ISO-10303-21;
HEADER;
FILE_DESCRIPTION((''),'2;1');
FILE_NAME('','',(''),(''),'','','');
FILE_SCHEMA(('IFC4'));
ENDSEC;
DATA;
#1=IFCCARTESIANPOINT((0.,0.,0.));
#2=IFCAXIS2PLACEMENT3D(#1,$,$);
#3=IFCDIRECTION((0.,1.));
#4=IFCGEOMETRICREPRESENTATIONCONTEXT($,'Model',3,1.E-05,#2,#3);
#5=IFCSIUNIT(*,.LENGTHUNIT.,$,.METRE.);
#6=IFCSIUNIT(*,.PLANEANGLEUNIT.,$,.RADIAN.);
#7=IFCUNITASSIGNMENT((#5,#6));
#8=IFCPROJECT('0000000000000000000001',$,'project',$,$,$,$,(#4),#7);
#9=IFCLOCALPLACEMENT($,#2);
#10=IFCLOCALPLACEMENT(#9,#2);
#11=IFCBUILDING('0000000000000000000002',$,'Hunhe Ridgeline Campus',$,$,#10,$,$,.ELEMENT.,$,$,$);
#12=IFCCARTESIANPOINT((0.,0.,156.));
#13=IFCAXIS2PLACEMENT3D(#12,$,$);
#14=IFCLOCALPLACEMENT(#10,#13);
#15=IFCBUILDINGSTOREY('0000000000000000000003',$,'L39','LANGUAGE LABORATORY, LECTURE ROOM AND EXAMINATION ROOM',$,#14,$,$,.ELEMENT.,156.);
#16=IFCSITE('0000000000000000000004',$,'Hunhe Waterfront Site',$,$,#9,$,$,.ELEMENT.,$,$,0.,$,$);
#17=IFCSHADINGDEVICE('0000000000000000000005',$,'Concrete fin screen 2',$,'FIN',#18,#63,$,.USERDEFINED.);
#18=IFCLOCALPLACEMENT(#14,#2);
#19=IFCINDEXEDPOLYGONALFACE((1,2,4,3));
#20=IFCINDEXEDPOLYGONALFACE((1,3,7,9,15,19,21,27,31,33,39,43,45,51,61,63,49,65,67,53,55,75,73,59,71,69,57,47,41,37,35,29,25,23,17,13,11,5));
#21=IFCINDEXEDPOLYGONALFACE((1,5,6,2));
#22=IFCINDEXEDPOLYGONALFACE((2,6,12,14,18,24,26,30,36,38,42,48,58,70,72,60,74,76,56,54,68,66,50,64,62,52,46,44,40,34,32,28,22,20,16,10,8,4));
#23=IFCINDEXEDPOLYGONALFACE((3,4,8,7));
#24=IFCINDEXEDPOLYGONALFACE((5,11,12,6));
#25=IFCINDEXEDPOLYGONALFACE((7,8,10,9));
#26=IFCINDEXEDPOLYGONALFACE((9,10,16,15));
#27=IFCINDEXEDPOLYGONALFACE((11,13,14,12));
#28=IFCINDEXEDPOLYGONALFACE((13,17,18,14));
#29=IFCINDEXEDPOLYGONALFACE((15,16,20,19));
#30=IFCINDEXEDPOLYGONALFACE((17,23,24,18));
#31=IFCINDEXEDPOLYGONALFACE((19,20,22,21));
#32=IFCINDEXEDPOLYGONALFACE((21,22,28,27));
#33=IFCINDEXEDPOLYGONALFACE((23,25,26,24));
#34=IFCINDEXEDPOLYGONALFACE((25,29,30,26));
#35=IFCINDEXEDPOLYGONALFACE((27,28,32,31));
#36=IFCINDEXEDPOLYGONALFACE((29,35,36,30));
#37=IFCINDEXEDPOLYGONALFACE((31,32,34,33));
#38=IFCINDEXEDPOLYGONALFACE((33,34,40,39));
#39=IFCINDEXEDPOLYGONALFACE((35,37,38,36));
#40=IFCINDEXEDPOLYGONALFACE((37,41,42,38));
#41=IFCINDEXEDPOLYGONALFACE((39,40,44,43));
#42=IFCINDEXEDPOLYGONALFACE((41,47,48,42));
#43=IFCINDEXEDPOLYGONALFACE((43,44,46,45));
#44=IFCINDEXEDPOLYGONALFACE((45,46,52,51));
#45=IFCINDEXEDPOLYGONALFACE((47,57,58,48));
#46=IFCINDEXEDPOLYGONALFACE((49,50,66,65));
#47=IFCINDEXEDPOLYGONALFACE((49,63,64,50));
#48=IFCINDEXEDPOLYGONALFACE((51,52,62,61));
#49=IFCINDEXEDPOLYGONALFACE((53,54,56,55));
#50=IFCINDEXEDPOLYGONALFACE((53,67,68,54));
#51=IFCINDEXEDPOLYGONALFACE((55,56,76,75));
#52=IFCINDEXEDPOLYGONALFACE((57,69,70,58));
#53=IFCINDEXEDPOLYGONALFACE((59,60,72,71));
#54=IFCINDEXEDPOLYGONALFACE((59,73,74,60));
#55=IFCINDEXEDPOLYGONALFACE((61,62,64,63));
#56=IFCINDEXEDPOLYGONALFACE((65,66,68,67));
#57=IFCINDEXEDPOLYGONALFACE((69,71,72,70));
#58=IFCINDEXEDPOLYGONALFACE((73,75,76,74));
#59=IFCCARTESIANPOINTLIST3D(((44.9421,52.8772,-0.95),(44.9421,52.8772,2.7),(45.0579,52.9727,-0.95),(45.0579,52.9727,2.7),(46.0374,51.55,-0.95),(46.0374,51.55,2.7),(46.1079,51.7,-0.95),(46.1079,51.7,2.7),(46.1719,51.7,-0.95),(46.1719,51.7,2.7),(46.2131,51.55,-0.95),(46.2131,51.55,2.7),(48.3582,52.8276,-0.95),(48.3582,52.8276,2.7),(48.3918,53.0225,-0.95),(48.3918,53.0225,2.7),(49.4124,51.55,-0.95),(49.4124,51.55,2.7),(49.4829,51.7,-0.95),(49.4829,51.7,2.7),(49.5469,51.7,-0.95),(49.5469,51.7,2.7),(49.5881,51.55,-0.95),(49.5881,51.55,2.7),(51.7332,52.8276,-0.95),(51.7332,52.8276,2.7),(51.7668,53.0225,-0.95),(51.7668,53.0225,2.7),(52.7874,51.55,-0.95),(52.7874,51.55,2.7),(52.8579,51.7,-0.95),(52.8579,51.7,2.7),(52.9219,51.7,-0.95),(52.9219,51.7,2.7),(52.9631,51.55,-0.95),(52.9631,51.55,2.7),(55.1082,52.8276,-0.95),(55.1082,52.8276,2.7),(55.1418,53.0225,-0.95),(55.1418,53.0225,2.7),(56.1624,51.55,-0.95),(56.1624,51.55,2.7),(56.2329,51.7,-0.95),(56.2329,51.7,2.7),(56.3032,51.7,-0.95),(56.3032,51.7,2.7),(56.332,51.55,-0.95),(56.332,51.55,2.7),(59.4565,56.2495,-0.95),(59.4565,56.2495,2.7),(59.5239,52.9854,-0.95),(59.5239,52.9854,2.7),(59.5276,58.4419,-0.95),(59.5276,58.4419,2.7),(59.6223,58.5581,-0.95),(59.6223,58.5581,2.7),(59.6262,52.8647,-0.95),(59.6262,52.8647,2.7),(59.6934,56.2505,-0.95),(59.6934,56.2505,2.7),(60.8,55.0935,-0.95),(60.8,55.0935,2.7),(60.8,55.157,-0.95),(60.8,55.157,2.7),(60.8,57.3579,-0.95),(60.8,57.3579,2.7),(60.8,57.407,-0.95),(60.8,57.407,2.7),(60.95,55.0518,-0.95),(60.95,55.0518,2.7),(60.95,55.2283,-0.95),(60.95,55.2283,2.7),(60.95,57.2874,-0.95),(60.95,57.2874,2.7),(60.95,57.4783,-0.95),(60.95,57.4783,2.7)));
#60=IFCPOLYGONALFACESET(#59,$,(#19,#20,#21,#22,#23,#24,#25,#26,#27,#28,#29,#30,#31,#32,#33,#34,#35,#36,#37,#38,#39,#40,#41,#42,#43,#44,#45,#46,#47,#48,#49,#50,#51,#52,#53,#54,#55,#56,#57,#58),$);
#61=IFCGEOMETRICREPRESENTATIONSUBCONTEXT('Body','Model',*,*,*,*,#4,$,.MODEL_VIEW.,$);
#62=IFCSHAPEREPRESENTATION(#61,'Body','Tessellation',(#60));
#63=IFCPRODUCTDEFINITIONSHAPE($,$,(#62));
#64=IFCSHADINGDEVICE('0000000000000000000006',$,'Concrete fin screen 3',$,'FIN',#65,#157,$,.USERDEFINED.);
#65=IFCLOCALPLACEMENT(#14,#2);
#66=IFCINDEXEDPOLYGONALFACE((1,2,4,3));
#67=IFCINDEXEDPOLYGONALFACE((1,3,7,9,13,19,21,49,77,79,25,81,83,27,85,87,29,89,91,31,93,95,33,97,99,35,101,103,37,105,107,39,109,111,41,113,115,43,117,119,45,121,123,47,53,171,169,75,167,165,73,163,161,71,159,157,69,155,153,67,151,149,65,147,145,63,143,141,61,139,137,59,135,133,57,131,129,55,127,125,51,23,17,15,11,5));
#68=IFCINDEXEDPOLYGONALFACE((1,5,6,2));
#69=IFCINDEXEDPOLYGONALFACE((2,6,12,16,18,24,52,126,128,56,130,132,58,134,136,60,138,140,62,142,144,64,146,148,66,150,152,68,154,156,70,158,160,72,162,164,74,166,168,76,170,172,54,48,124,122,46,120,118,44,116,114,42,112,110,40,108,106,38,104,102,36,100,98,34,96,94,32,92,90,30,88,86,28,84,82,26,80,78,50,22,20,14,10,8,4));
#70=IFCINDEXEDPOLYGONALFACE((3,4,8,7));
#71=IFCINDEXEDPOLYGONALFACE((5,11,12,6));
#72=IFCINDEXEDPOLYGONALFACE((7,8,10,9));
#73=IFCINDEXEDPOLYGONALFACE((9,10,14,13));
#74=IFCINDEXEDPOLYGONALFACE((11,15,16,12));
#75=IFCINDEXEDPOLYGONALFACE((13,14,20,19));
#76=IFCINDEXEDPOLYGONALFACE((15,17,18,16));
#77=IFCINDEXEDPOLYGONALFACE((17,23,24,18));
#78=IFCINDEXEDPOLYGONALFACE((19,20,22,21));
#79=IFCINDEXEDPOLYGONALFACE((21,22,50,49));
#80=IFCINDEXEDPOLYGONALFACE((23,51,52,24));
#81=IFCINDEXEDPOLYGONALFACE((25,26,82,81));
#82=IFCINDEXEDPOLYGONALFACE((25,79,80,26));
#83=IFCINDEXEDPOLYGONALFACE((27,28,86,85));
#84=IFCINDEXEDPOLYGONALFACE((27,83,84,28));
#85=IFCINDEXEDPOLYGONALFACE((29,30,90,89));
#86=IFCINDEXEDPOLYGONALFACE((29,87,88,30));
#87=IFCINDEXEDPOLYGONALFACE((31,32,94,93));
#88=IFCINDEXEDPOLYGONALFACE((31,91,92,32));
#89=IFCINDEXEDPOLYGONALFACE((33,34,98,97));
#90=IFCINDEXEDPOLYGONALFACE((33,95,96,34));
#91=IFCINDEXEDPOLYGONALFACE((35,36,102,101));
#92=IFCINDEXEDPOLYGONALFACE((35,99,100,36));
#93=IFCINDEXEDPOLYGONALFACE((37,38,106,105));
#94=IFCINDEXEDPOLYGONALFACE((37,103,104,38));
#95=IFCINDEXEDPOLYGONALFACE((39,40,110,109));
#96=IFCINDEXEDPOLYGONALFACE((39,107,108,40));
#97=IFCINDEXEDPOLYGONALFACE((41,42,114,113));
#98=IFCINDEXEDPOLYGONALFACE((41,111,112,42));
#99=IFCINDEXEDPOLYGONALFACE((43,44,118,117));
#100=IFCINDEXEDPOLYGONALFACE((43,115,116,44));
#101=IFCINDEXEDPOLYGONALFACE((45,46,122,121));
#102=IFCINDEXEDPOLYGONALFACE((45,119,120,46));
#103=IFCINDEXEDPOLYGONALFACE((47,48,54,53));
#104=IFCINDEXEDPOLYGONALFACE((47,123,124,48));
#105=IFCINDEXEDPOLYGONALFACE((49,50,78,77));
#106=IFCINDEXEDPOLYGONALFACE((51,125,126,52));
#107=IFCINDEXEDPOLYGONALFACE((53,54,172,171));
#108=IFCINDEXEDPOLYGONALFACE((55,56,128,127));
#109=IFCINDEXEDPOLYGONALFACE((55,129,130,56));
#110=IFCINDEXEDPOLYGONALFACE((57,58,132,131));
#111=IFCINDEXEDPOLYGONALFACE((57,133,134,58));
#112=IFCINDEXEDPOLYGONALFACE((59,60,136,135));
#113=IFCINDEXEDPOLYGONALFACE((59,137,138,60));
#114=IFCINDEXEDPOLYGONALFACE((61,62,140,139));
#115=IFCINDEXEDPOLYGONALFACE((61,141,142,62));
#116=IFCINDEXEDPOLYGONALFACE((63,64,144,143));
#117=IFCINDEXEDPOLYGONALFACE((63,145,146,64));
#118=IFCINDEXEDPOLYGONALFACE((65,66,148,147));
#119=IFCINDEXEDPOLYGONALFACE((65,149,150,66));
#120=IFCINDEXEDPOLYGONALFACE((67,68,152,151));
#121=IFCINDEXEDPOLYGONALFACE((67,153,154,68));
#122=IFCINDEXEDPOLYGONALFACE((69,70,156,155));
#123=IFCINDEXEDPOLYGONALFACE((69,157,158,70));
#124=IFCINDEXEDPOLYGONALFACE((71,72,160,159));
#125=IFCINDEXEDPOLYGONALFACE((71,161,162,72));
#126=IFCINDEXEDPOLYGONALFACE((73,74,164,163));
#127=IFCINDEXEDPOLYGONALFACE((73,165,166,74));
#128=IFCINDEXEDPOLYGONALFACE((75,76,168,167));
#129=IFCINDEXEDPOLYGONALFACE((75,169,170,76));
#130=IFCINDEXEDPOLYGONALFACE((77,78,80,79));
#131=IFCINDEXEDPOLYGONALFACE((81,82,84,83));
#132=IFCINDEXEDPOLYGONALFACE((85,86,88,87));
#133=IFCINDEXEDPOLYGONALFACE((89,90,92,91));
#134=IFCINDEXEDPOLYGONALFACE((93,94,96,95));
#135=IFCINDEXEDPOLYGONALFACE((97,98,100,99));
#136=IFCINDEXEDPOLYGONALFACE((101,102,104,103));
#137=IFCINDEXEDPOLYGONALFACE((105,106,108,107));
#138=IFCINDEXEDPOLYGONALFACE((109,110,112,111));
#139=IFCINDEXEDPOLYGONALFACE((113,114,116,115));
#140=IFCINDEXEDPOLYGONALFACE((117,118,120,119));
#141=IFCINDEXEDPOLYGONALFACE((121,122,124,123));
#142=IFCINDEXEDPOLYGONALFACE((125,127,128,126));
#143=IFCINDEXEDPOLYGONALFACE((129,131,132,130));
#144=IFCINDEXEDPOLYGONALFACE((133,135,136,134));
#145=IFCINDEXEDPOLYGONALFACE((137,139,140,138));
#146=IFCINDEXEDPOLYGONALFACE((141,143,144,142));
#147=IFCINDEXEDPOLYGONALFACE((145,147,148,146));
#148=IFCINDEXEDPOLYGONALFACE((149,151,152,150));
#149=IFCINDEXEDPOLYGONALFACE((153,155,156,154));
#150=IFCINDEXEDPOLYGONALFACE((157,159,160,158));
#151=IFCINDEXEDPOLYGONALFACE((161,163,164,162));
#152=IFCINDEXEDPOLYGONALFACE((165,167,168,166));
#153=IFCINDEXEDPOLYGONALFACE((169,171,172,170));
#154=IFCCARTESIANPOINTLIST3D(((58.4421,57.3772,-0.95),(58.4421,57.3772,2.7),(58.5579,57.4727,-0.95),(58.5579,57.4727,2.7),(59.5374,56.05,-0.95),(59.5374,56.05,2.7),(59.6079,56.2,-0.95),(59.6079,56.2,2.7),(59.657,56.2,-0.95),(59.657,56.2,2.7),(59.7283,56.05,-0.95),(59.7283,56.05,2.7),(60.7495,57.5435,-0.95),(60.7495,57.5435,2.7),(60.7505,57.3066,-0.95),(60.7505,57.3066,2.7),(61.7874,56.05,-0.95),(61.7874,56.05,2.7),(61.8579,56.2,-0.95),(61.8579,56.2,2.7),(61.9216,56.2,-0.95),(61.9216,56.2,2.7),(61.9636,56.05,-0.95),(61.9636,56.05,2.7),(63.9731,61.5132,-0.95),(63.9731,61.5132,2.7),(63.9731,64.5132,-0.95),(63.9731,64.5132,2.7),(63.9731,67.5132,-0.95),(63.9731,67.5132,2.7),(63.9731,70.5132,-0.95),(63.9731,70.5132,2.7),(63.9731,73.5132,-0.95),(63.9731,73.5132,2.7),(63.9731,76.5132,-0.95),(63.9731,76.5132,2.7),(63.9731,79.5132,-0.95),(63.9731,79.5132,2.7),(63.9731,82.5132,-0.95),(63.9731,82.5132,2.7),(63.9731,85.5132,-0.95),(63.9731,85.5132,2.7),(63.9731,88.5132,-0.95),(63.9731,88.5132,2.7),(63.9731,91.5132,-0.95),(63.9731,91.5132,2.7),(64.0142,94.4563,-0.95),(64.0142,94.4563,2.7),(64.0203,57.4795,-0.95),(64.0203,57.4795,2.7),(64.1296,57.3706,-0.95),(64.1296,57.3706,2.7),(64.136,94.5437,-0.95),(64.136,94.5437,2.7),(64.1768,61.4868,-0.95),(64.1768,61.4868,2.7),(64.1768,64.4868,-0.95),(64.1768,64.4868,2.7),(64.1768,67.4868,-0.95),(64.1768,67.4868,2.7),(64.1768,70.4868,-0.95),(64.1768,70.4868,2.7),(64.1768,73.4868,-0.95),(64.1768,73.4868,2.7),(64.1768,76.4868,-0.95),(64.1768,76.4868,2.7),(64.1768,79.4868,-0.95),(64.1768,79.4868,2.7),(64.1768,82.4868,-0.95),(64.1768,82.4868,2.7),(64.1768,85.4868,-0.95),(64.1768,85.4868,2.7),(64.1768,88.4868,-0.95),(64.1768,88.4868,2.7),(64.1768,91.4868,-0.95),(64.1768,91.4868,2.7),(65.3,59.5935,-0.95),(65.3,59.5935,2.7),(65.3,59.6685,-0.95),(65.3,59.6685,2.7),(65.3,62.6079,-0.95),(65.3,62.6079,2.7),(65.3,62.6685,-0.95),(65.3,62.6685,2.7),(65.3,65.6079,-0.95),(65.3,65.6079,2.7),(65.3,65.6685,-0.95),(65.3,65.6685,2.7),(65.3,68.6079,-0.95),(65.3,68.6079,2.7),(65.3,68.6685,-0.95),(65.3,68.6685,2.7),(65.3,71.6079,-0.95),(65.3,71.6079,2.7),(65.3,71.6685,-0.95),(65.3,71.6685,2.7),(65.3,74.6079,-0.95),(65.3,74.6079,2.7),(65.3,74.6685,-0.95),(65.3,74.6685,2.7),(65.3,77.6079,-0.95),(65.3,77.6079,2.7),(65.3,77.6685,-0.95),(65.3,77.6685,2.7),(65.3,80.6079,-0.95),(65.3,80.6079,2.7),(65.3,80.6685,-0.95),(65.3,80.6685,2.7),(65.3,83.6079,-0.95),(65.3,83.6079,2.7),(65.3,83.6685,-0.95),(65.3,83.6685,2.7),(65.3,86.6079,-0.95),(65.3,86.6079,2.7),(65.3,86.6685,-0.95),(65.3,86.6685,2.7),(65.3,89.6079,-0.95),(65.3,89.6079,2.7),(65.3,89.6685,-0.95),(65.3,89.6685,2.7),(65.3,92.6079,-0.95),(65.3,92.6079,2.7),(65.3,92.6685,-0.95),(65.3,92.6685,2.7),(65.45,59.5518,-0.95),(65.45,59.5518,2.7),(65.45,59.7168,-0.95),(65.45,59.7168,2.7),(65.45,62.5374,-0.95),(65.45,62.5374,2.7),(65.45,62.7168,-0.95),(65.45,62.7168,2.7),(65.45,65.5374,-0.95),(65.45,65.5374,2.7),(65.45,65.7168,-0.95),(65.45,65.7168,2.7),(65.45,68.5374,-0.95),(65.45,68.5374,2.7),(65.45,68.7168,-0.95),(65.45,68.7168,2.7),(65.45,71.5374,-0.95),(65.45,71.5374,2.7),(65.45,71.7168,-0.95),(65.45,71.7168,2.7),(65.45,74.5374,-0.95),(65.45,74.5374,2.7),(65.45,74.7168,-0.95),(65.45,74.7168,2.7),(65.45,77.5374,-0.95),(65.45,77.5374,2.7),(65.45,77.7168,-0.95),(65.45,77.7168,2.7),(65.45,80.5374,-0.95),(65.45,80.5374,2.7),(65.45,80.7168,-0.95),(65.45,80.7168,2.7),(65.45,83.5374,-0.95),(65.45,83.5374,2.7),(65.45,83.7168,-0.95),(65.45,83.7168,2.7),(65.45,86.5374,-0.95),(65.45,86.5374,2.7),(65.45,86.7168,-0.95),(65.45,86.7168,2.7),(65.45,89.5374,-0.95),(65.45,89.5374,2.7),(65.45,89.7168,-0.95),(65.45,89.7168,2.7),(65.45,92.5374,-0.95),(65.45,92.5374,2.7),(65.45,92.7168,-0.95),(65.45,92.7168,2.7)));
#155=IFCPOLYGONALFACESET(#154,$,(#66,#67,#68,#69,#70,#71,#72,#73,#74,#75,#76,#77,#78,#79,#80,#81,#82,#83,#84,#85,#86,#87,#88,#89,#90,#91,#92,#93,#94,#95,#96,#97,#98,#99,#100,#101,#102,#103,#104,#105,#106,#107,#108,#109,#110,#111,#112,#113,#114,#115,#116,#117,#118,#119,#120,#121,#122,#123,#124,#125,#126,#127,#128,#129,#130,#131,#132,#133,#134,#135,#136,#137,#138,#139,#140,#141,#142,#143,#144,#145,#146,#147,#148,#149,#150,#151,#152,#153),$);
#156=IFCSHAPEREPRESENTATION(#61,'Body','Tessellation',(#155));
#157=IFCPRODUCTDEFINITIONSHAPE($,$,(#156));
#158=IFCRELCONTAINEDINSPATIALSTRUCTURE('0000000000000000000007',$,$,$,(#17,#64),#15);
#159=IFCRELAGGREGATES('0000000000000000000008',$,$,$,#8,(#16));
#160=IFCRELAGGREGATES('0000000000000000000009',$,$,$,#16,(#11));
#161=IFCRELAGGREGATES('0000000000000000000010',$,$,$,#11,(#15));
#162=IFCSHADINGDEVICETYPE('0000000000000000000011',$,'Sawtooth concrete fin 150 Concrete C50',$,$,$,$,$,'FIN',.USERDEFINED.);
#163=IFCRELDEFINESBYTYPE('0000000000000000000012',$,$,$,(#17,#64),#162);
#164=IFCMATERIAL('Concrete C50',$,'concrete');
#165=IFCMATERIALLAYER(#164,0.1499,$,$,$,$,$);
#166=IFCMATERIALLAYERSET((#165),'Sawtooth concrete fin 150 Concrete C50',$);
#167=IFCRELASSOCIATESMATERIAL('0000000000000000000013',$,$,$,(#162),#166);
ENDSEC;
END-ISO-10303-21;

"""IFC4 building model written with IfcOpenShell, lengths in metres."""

from ifc_helpers import new_model, si_unit, direction, frame, origin, place, context, subcontext, project, spatial, polyline, outline, extrude, material, layer, layer_set, type_object, element, save


model = new_model("IFC4")

# Units and contexts
model_context = context("Model", 3, precision=1e-05, world=origin(), true_north=direction((0.0, 1.0)))
body_context = subcontext(model_context, "Body", "Model", "MODEL_VIEW")
ifc_project = project(units=[si_unit("LENGTHUNIT", "METRE"), si_unit("PLANEANGLEUNIT", "RADIAN")], contexts=[model_context])

# Site, building, storey
site_placement = place(None, origin())
site = spatial("IfcSite", under=ifc_project, at=site_placement, Name="Hunhe Waterfront Site", CompositionType="ELEMENT", RefElevation=0.0)
building_placement = place(site_placement, origin())
building = spatial("IfcBuilding", under=site, at=building_placement, Name="Hunhe Ridgeline Campus", CompositionType="ELEMENT")
storey_placement = place(building_placement, frame((0.0, 0.0, 156.0)))
storey = spatial("IfcBuildingStorey", under=building, at=storey_placement, Name="L39", Description="LANGUAGE LABORATORY, LECTURE ROOM AND EXAMINATION ROOM", CompositionType="ELEMENT", Elevation=156.0)

# Shading devices
ifc_material_1 = material(Name="Concrete C50", Category="concrete")
ifc_layer_1 = layer(ifc_material_1, 0.1499)
ifc_layer_set_1 = layer_set([ifc_layer_1], Name="Sawtooth concrete fin 150 Concrete C50")
shading_device_type = type_object("IfcShadingDeviceType", Name="Sawtooth concrete fin 150 Concrete C50", ElementType="FIN", PredefinedType="USERDEFINED", material=ifc_layer_set_1)
shading_device_1_placement = place(storey_placement, frame((0.0, 0.0, -0.95)))
element("IfcShadingDevice", 1, at=shading_device_1_placement, inside=storey, type_object=shading_device_type, Name="Concrete fin screen 2", ObjectType="FIN", PredefinedType="USERDEFINED", context=body_context, shape_type="SweptSolid", body=[
    extrude(outline(polyline([(45.0579, 52.9727), (44.9421, 52.8772), (46.0374, 51.55), (46.2131, 51.55), (48.3582, 52.8276), (49.4124, 51.55), (49.5881, 51.55), (51.7332, 52.8276), (52.7874, 51.55), (52.9631, 51.55), (55.1082, 52.8276), (56.1624, 51.55), (56.332, 51.55), (59.6262, 52.8647), (60.95, 55.0518), (60.95, 55.2283), (59.6934, 56.2505), (60.95, 57.2874), (60.95, 57.4783), (59.6223, 58.5581), (59.5276, 58.4419), (60.8, 57.407), (60.8, 57.3579), (59.4565, 56.2495), (60.8, 55.157), (60.8, 55.0935), (59.5239, 52.9854), (56.3032, 51.7), (56.2329, 51.7), (55.1418, 53.0225), (52.9219, 51.7), (52.8579, 51.7), (51.7668, 53.0225), (49.5469, 51.7), (49.4829, 51.7), (48.3918, 53.0225), (46.1719, 51.7), (46.1079, 51.7), (45.0579, 52.9727)])), origin(), (0.0, 0.0, 1.0), 3.6499),
])
shading_device_2_placement = place(storey_placement, frame((0.0, 0.0, -0.95)))
element("IfcShadingDevice", 2, at=shading_device_2_placement, inside=storey, type_object=shading_device_type, Name="Concrete fin screen 3", ObjectType="FIN", PredefinedType="USERDEFINED", context=body_context, shape_type="SweptSolid", body=[
    extrude(outline(polyline([(58.5579, 57.4727), (58.4421, 57.3772), (59.5374, 56.05), (59.7283, 56.05), (60.7505, 57.3066), (61.7874, 56.05), (61.9636, 56.05), (64.1296, 57.3706), (65.45, 59.5518), (65.45, 59.7168), (64.1768, 61.4868), (65.45, 62.5374), (65.45, 62.7168), (64.1768, 64.4868), (65.45, 65.5374), (65.45, 65.7168), (64.1768, 67.4868), (65.45, 68.5374), (65.45, 68.7168), (64.1768, 70.4868), (65.45, 71.5374), (65.45, 71.7168), (64.1768, 73.4868), (65.45, 74.5374), (65.45, 74.7168), (64.1768, 76.4868), (65.45, 77.5374), (65.45, 77.7168), (64.1768, 79.4868), (65.45, 80.5374), (65.45, 80.7168), (64.1768, 82.4868), (65.45, 83.5374), (65.45, 83.7168), (64.1768, 85.4868), (65.45, 86.5374), (65.45, 86.7168), (64.1768, 88.4868), (65.45, 89.5374), (65.45, 89.7168), (64.1768, 91.4868), (65.45, 92.5374), (65.45, 92.7168), (64.136, 94.5437), (64.0142, 94.4563), (65.3, 92.6685), (65.3, 92.6079), (63.9731, 91.5132), (65.3, 89.6685), (65.3, 89.6079), (63.9731, 88.5132), (65.3, 86.6685), (65.3, 86.6079), (63.9731, 85.5132), (65.3, 83.6685), (65.3, 83.6079), (63.9731, 82.5132), (65.3, 80.6685), (65.3, 80.6079), (63.9731, 79.5132), (65.3, 77.6685), (65.3, 77.6079), (63.9731, 76.5132), (65.3, 74.6685), (65.3, 74.6079), (63.9731, 73.5132), (65.3, 71.6685), (65.3, 71.6079), (63.9731, 70.5132), (65.3, 68.6685), (65.3, 68.6079), (63.9731, 67.5132), (65.3, 65.6685), (65.3, 65.6079), (63.9731, 64.5132), (65.3, 62.6685), (65.3, 62.6079), (63.9731, 61.5132), (65.3, 59.6685), (65.3, 59.5935), (64.0203, 57.4795), (61.9216, 56.2), (61.8579, 56.2), (60.7495, 57.5435), (59.657, 56.2), (59.6079, 56.2), (58.5579, 57.4727)])), origin(), (0.0, 0.0, 1.0), 3.6499),
])

save(model, "model.ifc")
